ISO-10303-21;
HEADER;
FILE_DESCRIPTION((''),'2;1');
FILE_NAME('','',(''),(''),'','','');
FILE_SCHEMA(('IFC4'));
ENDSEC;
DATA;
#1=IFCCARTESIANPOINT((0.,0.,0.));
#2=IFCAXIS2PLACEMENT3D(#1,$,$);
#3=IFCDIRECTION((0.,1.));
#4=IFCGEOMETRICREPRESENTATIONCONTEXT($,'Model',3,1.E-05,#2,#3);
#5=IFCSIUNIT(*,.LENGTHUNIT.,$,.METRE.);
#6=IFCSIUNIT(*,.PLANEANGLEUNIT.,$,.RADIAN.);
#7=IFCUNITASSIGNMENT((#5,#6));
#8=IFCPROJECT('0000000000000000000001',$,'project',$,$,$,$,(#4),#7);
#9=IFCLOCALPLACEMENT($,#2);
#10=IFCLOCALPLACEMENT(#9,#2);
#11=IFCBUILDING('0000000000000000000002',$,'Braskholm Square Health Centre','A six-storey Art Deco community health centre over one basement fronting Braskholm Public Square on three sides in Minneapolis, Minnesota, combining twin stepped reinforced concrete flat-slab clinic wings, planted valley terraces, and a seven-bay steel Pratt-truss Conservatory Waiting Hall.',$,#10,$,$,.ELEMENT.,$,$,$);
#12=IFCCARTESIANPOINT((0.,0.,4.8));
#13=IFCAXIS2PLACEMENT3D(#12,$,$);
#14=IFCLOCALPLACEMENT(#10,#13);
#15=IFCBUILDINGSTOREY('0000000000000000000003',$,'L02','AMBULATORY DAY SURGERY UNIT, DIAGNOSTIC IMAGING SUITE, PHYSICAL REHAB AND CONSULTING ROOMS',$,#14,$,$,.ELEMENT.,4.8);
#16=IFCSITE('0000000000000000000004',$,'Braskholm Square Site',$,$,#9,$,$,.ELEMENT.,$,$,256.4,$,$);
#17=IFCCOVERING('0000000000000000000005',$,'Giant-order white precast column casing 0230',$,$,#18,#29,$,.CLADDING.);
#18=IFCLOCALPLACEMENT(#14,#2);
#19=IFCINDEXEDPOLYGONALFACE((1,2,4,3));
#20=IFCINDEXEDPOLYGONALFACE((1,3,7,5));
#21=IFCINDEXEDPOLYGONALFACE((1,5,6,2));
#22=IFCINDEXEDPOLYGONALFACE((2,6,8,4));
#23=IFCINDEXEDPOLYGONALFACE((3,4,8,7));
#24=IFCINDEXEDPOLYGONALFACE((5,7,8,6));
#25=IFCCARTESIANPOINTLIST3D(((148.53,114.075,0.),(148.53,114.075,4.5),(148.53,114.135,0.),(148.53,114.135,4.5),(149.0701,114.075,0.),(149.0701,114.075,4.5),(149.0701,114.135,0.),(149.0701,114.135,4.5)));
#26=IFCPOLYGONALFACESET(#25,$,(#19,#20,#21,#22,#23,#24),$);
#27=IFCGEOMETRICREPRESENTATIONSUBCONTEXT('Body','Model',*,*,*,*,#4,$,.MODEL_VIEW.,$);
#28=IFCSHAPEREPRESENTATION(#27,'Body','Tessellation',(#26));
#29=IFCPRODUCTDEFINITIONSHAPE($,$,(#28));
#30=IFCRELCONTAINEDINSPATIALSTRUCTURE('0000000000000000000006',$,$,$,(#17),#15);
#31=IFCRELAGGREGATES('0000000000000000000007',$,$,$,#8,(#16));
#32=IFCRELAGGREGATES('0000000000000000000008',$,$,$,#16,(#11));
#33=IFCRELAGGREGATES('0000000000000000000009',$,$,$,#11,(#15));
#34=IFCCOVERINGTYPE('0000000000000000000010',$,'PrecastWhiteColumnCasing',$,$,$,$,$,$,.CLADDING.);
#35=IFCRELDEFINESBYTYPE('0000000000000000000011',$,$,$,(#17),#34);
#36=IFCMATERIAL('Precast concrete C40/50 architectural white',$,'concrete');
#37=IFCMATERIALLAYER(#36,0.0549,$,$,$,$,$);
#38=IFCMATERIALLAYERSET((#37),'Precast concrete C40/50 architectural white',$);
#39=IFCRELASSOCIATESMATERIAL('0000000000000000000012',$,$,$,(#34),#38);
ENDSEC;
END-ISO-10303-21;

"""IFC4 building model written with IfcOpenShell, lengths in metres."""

from ifc_helpers import new_model, si_unit, direction, frame, origin, origin_2d, place, context, subcontext, project, spatial, rectangle, extrude, material, layer, layer_set, type_object, element, save


model = new_model("IFC4")

# Units and contexts
model_context = context("Model", 3, precision=1e-05, world=origin(), true_north=direction((0.0, 1.0)))
body_context = subcontext(model_context, "Body", "Model", "MODEL_VIEW")
ifc_project = project(units=[si_unit("LENGTHUNIT", "METRE"), si_unit("PLANEANGLEUNIT", "RADIAN")], contexts=[model_context])

# Site, building, storey
site_placement = place(None, origin())
site = spatial("IfcSite", under=ifc_project, at=site_placement, Name="Braskholm Square Site", CompositionType="ELEMENT", RefElevation=256.4)
building_placement = place(site_placement, origin())
building = spatial("IfcBuilding", under=site, at=building_placement, Name="Braskholm Square Health Centre", Description="A six-storey Art Deco community health centre over one basement fronting Braskholm Public Square on three sides in Minneapolis, Minnesota, combining twin stepped reinforced concrete flat-slab clinic wings, planted valley terraces, and a seven-bay steel Pratt-truss Conservatory Waiting Hall.", CompositionType="ELEMENT")
storey_placement = place(building_placement, frame((0.0, 0.0, 4.8)))
storey = spatial("IfcBuildingStorey", under=building, at=storey_placement, Name="L02", Description="AMBULATORY DAY SURGERY UNIT, DIAGNOSTIC IMAGING SUITE, PHYSICAL REHAB AND CONSULTING ROOMS", CompositionType="ELEMENT", Elevation=4.8)

# Shared definitions
ifc_material_1 = material(Name="Precast concrete C40/50 architectural white", Category="concrete")

# Covering
ifc_layer_1 = layer(ifc_material_1, 0.0549)
ifc_layer_set_1 = layer_set([ifc_layer_1], Name="Precast concrete C40/50 architectural white")
covering_type = type_object("IfcCoveringType", Name="PrecastWhiteColumnCasing", PredefinedType="CLADDING", material=ifc_layer_set_1)
for number, where, z_axis, x_axis, name in (
    (1, (148.8, 114.105, 0.0), (0.0, 0.0, 1.0), (1.0, 0.0, 0.0), "Giant-order white precast column casing 0230"),
):
    element("IfcCovering", number, at=place(storey_placement, frame(where, z_axis=z_axis, x_axis=x_axis)), inside=storey, type_object=covering_type, Name=name, PredefinedType="CLADDING", context=body_context, shape_type="SweptSolid", body=[
        extrude(rectangle(XDim=0.54, YDim=0.0601, at=origin_2d()), origin(), (0.0, 0.0, 1.0), 4.5),
    ])

save(model, "model.ifc")
